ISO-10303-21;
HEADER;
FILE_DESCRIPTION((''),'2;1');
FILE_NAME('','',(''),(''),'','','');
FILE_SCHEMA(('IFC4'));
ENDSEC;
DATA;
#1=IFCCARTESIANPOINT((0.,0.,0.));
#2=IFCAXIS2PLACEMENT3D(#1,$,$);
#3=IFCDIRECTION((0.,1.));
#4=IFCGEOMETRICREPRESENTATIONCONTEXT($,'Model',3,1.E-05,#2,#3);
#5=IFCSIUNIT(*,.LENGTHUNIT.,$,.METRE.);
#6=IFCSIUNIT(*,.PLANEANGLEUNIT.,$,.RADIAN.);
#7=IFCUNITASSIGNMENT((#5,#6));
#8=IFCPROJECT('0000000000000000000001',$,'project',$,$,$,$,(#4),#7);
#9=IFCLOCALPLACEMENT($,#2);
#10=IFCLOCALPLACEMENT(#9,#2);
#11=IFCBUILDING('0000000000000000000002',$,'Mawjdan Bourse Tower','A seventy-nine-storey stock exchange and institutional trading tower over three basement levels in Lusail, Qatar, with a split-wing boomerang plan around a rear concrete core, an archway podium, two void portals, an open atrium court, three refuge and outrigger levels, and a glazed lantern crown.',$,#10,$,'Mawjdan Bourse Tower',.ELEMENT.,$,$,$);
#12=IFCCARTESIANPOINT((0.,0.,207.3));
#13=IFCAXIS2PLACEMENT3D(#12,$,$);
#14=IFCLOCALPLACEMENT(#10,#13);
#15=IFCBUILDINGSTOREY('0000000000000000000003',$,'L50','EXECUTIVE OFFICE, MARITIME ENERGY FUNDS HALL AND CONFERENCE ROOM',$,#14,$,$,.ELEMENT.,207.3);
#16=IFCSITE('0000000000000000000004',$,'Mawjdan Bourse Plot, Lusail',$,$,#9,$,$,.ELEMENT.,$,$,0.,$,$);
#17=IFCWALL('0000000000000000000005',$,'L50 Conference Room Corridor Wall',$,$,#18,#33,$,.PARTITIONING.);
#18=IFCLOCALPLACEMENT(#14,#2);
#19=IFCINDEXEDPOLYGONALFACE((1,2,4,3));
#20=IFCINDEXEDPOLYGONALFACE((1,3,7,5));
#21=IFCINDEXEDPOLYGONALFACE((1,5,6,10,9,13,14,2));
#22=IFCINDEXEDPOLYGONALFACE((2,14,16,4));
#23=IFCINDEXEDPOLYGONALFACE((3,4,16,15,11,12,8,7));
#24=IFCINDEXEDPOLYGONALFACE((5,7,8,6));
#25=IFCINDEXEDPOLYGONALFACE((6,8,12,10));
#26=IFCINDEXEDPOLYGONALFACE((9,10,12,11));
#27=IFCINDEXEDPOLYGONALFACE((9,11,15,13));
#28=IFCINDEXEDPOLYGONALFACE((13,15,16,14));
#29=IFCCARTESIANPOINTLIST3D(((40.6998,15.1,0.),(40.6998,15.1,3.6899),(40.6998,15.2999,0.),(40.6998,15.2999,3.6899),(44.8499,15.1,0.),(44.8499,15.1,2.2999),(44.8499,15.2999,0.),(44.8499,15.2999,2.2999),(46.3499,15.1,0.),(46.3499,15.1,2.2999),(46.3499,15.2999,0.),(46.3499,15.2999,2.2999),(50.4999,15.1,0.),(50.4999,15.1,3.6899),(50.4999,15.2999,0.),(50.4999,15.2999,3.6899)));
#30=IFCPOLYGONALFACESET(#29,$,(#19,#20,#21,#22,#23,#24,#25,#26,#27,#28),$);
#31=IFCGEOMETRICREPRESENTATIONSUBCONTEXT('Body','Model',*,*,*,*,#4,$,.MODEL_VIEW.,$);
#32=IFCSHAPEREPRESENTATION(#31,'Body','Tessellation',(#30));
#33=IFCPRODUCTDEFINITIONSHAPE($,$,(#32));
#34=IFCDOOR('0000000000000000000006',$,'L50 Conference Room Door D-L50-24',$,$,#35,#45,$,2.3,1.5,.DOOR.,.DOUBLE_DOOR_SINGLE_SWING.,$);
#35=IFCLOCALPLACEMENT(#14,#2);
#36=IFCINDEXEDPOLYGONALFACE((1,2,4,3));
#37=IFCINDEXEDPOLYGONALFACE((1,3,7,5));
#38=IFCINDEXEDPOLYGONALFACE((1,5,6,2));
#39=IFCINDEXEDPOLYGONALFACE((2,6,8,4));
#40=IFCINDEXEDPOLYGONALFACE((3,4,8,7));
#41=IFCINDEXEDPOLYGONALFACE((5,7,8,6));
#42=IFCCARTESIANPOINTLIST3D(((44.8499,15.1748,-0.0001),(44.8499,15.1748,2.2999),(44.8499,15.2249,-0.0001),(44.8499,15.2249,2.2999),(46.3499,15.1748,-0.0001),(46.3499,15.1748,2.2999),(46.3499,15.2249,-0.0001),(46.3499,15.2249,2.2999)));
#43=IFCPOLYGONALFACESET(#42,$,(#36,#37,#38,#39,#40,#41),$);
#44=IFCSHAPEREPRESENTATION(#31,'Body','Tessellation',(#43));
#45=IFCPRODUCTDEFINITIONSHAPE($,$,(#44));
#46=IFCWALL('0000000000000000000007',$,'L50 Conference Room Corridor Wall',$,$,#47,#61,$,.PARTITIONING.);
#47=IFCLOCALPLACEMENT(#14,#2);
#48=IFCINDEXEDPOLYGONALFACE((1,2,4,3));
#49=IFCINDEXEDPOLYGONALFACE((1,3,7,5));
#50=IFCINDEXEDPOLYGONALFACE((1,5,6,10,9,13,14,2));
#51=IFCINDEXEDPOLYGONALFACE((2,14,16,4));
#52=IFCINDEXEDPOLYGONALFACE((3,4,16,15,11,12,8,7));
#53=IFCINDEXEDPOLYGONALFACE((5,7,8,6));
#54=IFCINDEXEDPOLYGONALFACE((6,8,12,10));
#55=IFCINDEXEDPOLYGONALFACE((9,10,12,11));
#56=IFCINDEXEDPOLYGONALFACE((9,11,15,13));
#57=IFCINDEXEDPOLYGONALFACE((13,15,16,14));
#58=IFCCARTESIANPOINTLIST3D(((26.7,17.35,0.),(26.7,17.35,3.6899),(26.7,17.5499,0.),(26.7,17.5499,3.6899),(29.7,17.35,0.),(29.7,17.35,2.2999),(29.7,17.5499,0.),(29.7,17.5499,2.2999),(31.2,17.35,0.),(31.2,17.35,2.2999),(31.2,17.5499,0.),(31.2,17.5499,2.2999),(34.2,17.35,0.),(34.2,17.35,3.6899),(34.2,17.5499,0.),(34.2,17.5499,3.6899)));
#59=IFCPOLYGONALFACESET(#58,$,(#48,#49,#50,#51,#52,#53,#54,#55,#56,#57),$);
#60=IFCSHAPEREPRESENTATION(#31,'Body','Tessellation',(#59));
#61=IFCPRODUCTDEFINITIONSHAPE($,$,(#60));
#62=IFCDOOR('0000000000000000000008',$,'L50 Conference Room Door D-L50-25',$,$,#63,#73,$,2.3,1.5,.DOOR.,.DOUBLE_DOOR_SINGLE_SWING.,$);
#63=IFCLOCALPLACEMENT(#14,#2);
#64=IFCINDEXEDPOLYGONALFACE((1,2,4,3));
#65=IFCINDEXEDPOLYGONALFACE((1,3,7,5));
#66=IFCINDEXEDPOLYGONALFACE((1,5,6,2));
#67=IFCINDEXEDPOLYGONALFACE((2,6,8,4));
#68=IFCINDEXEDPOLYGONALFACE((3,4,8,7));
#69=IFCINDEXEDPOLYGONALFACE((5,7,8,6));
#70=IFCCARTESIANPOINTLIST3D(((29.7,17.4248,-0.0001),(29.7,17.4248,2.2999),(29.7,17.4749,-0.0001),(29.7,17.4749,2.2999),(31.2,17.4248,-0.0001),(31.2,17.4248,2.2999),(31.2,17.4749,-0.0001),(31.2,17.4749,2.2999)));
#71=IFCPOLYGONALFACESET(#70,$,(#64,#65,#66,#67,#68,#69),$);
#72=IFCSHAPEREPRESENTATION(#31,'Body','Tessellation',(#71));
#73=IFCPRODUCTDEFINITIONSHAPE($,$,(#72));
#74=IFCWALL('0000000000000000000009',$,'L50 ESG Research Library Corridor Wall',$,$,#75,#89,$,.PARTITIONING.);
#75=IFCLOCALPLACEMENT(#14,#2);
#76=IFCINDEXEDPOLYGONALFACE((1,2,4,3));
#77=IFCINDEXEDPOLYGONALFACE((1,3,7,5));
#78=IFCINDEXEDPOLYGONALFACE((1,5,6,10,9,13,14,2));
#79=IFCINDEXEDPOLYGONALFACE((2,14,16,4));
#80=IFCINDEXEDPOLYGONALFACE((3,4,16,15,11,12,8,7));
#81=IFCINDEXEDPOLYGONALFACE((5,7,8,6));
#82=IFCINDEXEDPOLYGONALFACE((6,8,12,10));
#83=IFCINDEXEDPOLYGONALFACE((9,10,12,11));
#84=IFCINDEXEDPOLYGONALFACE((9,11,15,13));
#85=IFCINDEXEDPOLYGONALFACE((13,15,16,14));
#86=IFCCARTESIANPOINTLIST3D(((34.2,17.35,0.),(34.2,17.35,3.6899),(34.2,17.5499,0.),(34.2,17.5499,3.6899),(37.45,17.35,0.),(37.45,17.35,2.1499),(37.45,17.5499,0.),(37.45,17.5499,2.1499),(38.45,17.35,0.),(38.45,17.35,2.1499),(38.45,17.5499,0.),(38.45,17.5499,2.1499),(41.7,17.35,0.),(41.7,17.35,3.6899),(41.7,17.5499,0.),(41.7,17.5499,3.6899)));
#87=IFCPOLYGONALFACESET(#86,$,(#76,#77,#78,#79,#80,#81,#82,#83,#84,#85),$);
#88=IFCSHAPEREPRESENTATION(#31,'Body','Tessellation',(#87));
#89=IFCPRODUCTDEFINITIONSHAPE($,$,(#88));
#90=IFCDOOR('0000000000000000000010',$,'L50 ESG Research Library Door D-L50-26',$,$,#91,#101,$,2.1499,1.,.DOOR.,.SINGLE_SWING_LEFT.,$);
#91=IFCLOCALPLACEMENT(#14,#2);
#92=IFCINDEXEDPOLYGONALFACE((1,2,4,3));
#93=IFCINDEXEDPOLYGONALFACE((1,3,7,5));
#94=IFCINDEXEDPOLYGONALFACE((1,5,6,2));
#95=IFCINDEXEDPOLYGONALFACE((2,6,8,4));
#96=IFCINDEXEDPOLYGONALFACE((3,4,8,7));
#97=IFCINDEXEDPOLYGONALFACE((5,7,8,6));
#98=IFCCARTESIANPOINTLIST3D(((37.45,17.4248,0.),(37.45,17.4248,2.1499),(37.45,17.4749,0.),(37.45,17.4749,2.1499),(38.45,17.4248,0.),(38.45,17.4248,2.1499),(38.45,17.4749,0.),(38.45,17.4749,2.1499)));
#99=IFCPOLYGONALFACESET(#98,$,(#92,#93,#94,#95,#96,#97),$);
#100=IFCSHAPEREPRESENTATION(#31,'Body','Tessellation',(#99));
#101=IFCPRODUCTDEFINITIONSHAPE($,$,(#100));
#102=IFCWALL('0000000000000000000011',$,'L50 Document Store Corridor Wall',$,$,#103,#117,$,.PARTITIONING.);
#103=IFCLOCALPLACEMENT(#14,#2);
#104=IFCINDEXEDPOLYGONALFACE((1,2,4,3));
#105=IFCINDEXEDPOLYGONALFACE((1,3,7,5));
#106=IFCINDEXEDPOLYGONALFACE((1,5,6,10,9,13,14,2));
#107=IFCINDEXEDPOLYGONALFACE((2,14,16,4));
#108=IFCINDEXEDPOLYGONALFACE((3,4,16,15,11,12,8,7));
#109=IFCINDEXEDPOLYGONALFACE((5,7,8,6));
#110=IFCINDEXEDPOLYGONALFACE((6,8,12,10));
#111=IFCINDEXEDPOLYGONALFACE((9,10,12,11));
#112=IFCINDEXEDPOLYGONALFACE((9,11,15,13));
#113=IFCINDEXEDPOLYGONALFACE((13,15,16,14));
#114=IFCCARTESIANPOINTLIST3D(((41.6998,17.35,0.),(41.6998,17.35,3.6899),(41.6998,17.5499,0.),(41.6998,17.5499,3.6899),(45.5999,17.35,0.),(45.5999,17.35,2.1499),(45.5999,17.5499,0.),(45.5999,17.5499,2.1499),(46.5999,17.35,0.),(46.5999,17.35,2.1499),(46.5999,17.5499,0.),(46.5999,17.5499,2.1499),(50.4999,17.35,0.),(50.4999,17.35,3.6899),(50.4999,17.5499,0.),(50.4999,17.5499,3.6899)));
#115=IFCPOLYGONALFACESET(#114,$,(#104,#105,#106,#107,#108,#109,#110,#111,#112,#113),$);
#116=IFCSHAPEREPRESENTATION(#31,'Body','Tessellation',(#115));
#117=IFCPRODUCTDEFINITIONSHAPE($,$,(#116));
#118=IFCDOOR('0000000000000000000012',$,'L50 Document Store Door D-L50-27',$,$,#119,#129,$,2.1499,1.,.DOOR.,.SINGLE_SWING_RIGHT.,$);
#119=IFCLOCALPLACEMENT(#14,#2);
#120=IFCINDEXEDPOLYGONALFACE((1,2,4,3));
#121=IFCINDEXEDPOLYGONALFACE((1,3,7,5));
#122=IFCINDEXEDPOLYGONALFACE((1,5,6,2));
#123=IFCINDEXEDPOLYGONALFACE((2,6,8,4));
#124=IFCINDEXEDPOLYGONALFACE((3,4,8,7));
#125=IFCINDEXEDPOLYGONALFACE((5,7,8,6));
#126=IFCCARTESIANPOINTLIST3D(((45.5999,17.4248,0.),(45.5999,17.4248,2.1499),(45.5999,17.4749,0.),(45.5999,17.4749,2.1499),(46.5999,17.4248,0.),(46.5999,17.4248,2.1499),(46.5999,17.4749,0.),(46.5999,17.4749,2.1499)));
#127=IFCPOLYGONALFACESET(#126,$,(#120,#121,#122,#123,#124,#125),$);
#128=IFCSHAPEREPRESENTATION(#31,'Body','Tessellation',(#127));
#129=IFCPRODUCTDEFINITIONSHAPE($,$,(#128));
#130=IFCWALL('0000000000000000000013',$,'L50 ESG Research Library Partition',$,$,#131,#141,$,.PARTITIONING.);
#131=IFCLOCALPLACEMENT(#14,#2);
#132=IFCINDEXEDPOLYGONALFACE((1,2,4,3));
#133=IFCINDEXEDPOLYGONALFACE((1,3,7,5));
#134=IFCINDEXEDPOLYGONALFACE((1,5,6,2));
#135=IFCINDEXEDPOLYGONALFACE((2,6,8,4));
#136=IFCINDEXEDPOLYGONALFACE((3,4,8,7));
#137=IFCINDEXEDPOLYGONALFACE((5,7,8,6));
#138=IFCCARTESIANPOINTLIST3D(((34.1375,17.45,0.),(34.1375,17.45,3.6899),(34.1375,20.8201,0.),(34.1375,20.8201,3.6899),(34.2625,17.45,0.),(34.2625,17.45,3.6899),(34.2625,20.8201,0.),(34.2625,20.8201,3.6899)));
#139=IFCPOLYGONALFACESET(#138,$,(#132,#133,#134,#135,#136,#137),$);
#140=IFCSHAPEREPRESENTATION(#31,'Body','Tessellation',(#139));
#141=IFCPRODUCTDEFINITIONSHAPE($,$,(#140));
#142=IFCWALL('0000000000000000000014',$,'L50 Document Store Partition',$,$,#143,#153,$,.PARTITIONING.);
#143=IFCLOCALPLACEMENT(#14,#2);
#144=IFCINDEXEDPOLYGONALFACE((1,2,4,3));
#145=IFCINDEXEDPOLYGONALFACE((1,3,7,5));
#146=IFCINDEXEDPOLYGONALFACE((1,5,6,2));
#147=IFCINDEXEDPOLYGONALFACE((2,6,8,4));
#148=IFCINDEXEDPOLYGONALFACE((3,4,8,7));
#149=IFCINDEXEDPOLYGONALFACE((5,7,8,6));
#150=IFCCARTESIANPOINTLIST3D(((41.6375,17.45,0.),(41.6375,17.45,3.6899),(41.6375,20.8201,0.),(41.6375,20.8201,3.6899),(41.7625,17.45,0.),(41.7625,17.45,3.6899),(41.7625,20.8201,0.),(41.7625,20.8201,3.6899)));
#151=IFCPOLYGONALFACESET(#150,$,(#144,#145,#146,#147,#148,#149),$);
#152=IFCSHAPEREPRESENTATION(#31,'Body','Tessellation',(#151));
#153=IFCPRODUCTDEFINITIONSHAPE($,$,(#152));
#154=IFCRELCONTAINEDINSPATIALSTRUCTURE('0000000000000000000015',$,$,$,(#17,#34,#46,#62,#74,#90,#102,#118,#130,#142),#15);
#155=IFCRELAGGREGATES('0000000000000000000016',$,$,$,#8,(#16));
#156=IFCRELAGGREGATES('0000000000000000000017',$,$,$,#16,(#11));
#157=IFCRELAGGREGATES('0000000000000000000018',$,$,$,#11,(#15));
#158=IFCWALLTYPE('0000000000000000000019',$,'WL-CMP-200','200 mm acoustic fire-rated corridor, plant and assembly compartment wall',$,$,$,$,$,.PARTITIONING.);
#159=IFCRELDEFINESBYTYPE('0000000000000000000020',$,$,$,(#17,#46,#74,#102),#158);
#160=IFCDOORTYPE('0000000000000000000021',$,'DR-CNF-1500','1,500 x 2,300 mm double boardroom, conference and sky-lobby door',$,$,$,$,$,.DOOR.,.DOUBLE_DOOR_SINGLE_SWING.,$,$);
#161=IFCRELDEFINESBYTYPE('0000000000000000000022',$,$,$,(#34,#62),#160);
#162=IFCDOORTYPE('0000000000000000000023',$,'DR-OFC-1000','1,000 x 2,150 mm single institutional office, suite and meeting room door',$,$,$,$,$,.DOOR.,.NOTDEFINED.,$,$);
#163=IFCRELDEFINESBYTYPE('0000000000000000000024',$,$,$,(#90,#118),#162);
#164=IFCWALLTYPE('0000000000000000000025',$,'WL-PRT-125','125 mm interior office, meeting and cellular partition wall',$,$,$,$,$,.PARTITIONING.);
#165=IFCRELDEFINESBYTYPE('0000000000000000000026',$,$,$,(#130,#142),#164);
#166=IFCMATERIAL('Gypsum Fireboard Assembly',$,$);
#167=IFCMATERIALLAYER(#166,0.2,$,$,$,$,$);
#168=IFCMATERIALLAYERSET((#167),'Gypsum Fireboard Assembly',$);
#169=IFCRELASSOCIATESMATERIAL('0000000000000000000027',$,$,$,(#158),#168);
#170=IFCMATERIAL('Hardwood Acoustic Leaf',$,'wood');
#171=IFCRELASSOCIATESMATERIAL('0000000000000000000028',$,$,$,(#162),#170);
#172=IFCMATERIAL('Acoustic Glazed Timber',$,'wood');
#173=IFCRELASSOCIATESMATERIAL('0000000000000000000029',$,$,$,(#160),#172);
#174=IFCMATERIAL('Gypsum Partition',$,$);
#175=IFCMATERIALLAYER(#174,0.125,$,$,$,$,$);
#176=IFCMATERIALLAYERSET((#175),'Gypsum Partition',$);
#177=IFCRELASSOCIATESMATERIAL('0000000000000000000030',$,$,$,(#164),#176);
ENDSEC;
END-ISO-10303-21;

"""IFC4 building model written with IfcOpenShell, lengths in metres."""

from ifc_helpers import new_model, si_unit, direction, frame, frame_2d, origin, place, context, subcontext, project, spatial, rectangle, extrude, material, layer, layer_set, type_object, element, fill, save


model = new_model("IFC4")

# Units and contexts
model_context = context("Model", 3, precision=1e-05, world=origin(), true_north=direction((0.0, 1.0)))
body_context = subcontext(model_context, "Body", "Model", "MODEL_VIEW")
ifc_project = project(units=[si_unit("LENGTHUNIT", "METRE"), si_unit("PLANEANGLEUNIT", "RADIAN")], contexts=[model_context])

# Site, building, storey
site_placement = place(None, origin())
site = spatial("IfcSite", under=ifc_project, at=site_placement, Name="Mawjdan Bourse Plot, Lusail", CompositionType="ELEMENT", RefElevation=0.0)
building_placement = place(site_placement, origin())
building = spatial("IfcBuilding", under=site, at=building_placement, Name="Mawjdan Bourse Tower", Description="A seventy-nine-storey stock exchange and institutional trading tower over three basement levels in Lusail, Qatar, with a split-wing boomerang plan around a rear concrete core, an archway podium, two void portals, an open atrium court, three refuge and outrigger levels, and a glazed lantern crown.", LongName="Mawjdan Bourse Tower", CompositionType="ELEMENT")
storey_placement = place(building_placement, frame((0.0, 0.0, 207.3)))
storey = spatial("IfcBuildingStorey", under=building, at=storey_placement, Name="L50", Description="EXECUTIVE OFFICE, MARITIME ENERGY FUNDS HALL AND CONFERENCE ROOM", CompositionType="ELEMENT", Elevation=207.3)

# Shared definitions
ifc_material_1 = material(Name="Gypsum Fireboard Assembly")
ifc_layer_1 = layer(ifc_material_1, 0.2)
ifc_layer_set_1 = layer_set([ifc_layer_1], Name="Gypsum Fireboard Assembly")
wall_type_1 = type_object("IfcWallType", Name="WL-CMP-200", Description="200 mm acoustic fire-rated corridor, plant and assembly compartment wall", PredefinedType="PARTITIONING", material=ifc_layer_set_1)

# Walls, openings, doors
ifc_material_2 = material(Name="Hardwood Acoustic Leaf", Category="wood")
door_type_1 = type_object("IfcDoorType", Name="DR-OFC-1000", Description="1,000 x 2,150 mm single institutional office, suite and meeting room door", OperationType="NOTDEFINED", PredefinedType="DOOR", material=ifc_material_2)
wall_1_placement = place(storey_placement, frame((40.7, 15.2, 0.0), z_axis=(0.0, 0.0, 1.0), x_axis=(1.0, 0.0, 0.0)))
wall_1 = element("IfcWall", 1, at=wall_1_placement, inside=storey, type_object=wall_type_1, Name="L50 Conference Room Corridor Wall", PredefinedType="PARTITIONING", context=body_context, shape_type="SweptSolid", body=[
    extrude(rectangle(XDim=9.8, YDim=0.2, at=frame_2d((4.8999, 0.0))), origin(), (0.0, 0.0, 1.0), 3.6899),
])
opening_1_placement = place(wall_1_placement, frame((4.1499, 0.0, 0.0)))
opening_1 = element("IfcOpeningElement", 2, at=opening_1_placement, cuts=wall_1, PredefinedType="OPENING", context=body_context, shape_type="SweptSolid", body=[
    extrude(rectangle(XDim=1.5, YDim=2.3, at=frame_2d((0.75, 1.1499))), frame((0.0, 0.1099, 0.0), z_axis=(0.0, -1.0, 0.0), x_axis=(1.0, 0.0, 0.0)), (0.0, 0.0, 1.0), 0.22),
])
ifc_material_3 = material(Name="Acoustic Glazed Timber", Category="wood")
door_type_2 = type_object("IfcDoorType", Name="DR-CNF-1500", Description="1,500 x 2,300 mm double boardroom, conference and sky-lobby door", OperationType="DOUBLE_DOOR_SINGLE_SWING", PredefinedType="DOOR", material=ifc_material_3)
door_1_placement = place(opening_1_placement, origin())
door_1 = element("IfcDoor", 3, at=door_1_placement, inside=storey, type_object=door_type_2, Name="L50 Conference Room Door D-L50-24", OperationType="DOUBLE_DOOR_SINGLE_SWING", OverallHeight=2.3, OverallWidth=1.5, PredefinedType="DOOR", context=body_context, shape_type="SweptSolid", body=[
    extrude(rectangle(XDim=1.5, YDim=2.3, at=frame_2d((0.75, 1.1499))), frame((0.0, 0.0249, 0.0), z_axis=(0.0, -1.0, 0.0), x_axis=(1.0, 0.0, 0.0)), (0.0, 0.0, 1.0), 0.05),
])
fill(opening_1, door_1)
wall_2_placement = place(storey_placement, frame((26.7, 17.45, 0.0), z_axis=(0.0, 0.0, 1.0), x_axis=(1.0, 0.0, 0.0)))
wall_2 = element("IfcWall", 4, at=wall_2_placement, inside=storey, type_object=wall_type_1, Name="L50 Conference Room Corridor Wall", PredefinedType="PARTITIONING", context=body_context, shape_type="SweptSolid", body=[
    extrude(rectangle(XDim=7.5, YDim=0.2, at=frame_2d((3.75, 0.0))), origin(), (0.0, 0.0, 1.0), 3.6899),
])
opening_2_placement = place(wall_2_placement, frame((3.0, 0.0, 0.0)))
opening_2 = element("IfcOpeningElement", 5, at=opening_2_placement, cuts=wall_2, PredefinedType="OPENING", context=body_context, shape_type="SweptSolid", body=[
    extrude(rectangle(XDim=1.5, YDim=2.3, at=frame_2d((0.75, 1.1499))), frame((0.0, 0.1099, 0.0), z_axis=(0.0, -1.0, 0.0), x_axis=(1.0, 0.0, 0.0)), (0.0, 0.0, 1.0), 0.22),
])
door_2_placement = place(opening_2_placement, origin())
door_2 = element("IfcDoor", 6, at=door_2_placement, inside=storey, type_object=door_type_2, Name="L50 Conference Room Door D-L50-25", OperationType="DOUBLE_DOOR_SINGLE_SWING", OverallHeight=2.3, OverallWidth=1.5, PredefinedType="DOOR", context=body_context, shape_type="SweptSolid", body=[
    extrude(rectangle(XDim=1.5, YDim=2.3, at=frame_2d((0.75, 1.1499))), frame((0.0, 0.0249, 0.0), z_axis=(0.0, -1.0, 0.0), x_axis=(1.0, 0.0, 0.0)), (0.0, 0.0, 1.0), 0.05),
])
fill(opening_2, door_2)
wall_3_placement = place(storey_placement, frame((34.2, 17.45, 0.0), z_axis=(0.0, 0.0, 1.0), x_axis=(1.0, 0.0, 0.0)))
wall_3 = element("IfcWall", 7, at=wall_3_placement, inside=storey, type_object=wall_type_1, Name="L50 ESG Research Library Corridor Wall", PredefinedType="PARTITIONING", context=body_context, shape_type="SweptSolid", body=[
    extrude(rectangle(XDim=7.5, YDim=0.2, at=frame_2d((3.75, 0.0))), origin(), (0.0, 0.0, 1.0), 3.6899),
])
opening_3_placement = place(wall_3_placement, frame((3.25, 0.0, 0.0)))
opening_3 = element("IfcOpeningElement", 8, at=opening_3_placement, cuts=wall_3, PredefinedType="OPENING", context=body_context, shape_type="SweptSolid", body=[
    extrude(rectangle(XDim=1.0, YDim=2.1499, at=frame_2d((0.5, 1.075))), frame((0.0, 0.1099, 0.0), z_axis=(0.0, -1.0, 0.0), x_axis=(1.0, 0.0, 0.0)), (0.0, 0.0, 1.0), 0.22),
])
door_3_placement = place(opening_3_placement, origin())
door_3 = element("IfcDoor", 9, at=door_3_placement, inside=storey, type_object=door_type_1, Name="L50 ESG Research Library Door D-L50-26", OperationType="SINGLE_SWING_LEFT", OverallHeight=2.1499, OverallWidth=1.0, PredefinedType="DOOR", context=body_context, shape_type="SweptSolid", body=[
    extrude(rectangle(XDim=1.0, YDim=2.1499, at=frame_2d((0.5, 1.075))), frame((0.0, 0.0249, 0.0), z_axis=(0.0, -1.0, 0.0), x_axis=(1.0, 0.0, 0.0)), (0.0, 0.0, 1.0), 0.05),
])
fill(opening_3, door_3)
wall_4_placement = place(storey_placement, frame((41.7, 17.45, 0.0), z_axis=(0.0, 0.0, 1.0), x_axis=(1.0, 0.0, 0.0)))
wall_4 = element("IfcWall", 10, at=wall_4_placement, inside=storey, type_object=wall_type_1, Name="L50 Document Store Corridor Wall", PredefinedType="PARTITIONING", context=body_context, shape_type="SweptSolid", body=[
    extrude(rectangle(XDim=8.8, YDim=0.2, at=frame_2d((4.3999, 0.0))), origin(), (0.0, 0.0, 1.0), 3.6899),
])
opening_4_placement = place(wall_4_placement, frame((3.8999, 0.0, 0.0)))
opening_4 = element("IfcOpeningElement", 11, at=opening_4_placement, cuts=wall_4, PredefinedType="OPENING", context=body_context, shape_type="SweptSolid", body=[
    extrude(rectangle(XDim=1.0, YDim=2.1499, at=frame_2d((0.5, 1.075))), frame((0.0, 0.1099, 0.0), z_axis=(0.0, -1.0, 0.0), x_axis=(1.0, 0.0, 0.0)), (0.0, 0.0, 1.0), 0.22),
])
door_4_placement = place(opening_4_placement, origin())
door_4 = element("IfcDoor", 12, at=door_4_placement, inside=storey, type_object=door_type_1, Name="L50 Document Store Door D-L50-27", OperationType="SINGLE_SWING_RIGHT", OverallHeight=2.1499, OverallWidth=1.0, PredefinedType="DOOR", context=body_context, shape_type="SweptSolid", body=[
    extrude(rectangle(XDim=1.0, YDim=2.1499, at=frame_2d((0.5, 1.075))), frame((0.0, 0.0249, 0.0), z_axis=(0.0, -1.0, 0.0), x_axis=(1.0, 0.0, 0.0)), (0.0, 0.0, 1.0), 0.05),
])
fill(opening_4, door_4)

# Walls
ifc_material_4 = material(Name="Gypsum Partition")
ifc_layer_2 = layer(ifc_material_4, 0.125)
ifc_layer_set_2 = layer_set([ifc_layer_2], Name="Gypsum Partition")
wall_type_2 = type_object("IfcWallType", Name="WL-PRT-125", Description="125 mm interior office, meeting and cellular partition wall", PredefinedType="PARTITIONING", material=ifc_layer_set_2)
for number, where, z_axis, x_axis, name in (
    (13, (34.2, 17.45, 0.0), (0.0, 0.0, 1.0), (0.0, 1.0, 0.0), "L50 ESG Research Library Partition"),
    (14, (41.7, 17.45, 0.0), (0.0, 0.0, 1.0), (0.0, 1.0, 0.0), "L50 Document Store Partition"),
):
    element("IfcWall", number, at=place(storey_placement, frame(where, z_axis=z_axis, x_axis=x_axis)), inside=storey, type_object=wall_type_2, Name=name, PredefinedType="PARTITIONING", context=body_context, shape_type="SweptSolid", body=[
        extrude(rectangle(XDim=3.3701, YDim=0.125, at=frame_2d((1.6851, 0.0))), origin(), (0.0, 0.0, 1.0), 3.6899),
    ])

save(model, "model.ifc")
